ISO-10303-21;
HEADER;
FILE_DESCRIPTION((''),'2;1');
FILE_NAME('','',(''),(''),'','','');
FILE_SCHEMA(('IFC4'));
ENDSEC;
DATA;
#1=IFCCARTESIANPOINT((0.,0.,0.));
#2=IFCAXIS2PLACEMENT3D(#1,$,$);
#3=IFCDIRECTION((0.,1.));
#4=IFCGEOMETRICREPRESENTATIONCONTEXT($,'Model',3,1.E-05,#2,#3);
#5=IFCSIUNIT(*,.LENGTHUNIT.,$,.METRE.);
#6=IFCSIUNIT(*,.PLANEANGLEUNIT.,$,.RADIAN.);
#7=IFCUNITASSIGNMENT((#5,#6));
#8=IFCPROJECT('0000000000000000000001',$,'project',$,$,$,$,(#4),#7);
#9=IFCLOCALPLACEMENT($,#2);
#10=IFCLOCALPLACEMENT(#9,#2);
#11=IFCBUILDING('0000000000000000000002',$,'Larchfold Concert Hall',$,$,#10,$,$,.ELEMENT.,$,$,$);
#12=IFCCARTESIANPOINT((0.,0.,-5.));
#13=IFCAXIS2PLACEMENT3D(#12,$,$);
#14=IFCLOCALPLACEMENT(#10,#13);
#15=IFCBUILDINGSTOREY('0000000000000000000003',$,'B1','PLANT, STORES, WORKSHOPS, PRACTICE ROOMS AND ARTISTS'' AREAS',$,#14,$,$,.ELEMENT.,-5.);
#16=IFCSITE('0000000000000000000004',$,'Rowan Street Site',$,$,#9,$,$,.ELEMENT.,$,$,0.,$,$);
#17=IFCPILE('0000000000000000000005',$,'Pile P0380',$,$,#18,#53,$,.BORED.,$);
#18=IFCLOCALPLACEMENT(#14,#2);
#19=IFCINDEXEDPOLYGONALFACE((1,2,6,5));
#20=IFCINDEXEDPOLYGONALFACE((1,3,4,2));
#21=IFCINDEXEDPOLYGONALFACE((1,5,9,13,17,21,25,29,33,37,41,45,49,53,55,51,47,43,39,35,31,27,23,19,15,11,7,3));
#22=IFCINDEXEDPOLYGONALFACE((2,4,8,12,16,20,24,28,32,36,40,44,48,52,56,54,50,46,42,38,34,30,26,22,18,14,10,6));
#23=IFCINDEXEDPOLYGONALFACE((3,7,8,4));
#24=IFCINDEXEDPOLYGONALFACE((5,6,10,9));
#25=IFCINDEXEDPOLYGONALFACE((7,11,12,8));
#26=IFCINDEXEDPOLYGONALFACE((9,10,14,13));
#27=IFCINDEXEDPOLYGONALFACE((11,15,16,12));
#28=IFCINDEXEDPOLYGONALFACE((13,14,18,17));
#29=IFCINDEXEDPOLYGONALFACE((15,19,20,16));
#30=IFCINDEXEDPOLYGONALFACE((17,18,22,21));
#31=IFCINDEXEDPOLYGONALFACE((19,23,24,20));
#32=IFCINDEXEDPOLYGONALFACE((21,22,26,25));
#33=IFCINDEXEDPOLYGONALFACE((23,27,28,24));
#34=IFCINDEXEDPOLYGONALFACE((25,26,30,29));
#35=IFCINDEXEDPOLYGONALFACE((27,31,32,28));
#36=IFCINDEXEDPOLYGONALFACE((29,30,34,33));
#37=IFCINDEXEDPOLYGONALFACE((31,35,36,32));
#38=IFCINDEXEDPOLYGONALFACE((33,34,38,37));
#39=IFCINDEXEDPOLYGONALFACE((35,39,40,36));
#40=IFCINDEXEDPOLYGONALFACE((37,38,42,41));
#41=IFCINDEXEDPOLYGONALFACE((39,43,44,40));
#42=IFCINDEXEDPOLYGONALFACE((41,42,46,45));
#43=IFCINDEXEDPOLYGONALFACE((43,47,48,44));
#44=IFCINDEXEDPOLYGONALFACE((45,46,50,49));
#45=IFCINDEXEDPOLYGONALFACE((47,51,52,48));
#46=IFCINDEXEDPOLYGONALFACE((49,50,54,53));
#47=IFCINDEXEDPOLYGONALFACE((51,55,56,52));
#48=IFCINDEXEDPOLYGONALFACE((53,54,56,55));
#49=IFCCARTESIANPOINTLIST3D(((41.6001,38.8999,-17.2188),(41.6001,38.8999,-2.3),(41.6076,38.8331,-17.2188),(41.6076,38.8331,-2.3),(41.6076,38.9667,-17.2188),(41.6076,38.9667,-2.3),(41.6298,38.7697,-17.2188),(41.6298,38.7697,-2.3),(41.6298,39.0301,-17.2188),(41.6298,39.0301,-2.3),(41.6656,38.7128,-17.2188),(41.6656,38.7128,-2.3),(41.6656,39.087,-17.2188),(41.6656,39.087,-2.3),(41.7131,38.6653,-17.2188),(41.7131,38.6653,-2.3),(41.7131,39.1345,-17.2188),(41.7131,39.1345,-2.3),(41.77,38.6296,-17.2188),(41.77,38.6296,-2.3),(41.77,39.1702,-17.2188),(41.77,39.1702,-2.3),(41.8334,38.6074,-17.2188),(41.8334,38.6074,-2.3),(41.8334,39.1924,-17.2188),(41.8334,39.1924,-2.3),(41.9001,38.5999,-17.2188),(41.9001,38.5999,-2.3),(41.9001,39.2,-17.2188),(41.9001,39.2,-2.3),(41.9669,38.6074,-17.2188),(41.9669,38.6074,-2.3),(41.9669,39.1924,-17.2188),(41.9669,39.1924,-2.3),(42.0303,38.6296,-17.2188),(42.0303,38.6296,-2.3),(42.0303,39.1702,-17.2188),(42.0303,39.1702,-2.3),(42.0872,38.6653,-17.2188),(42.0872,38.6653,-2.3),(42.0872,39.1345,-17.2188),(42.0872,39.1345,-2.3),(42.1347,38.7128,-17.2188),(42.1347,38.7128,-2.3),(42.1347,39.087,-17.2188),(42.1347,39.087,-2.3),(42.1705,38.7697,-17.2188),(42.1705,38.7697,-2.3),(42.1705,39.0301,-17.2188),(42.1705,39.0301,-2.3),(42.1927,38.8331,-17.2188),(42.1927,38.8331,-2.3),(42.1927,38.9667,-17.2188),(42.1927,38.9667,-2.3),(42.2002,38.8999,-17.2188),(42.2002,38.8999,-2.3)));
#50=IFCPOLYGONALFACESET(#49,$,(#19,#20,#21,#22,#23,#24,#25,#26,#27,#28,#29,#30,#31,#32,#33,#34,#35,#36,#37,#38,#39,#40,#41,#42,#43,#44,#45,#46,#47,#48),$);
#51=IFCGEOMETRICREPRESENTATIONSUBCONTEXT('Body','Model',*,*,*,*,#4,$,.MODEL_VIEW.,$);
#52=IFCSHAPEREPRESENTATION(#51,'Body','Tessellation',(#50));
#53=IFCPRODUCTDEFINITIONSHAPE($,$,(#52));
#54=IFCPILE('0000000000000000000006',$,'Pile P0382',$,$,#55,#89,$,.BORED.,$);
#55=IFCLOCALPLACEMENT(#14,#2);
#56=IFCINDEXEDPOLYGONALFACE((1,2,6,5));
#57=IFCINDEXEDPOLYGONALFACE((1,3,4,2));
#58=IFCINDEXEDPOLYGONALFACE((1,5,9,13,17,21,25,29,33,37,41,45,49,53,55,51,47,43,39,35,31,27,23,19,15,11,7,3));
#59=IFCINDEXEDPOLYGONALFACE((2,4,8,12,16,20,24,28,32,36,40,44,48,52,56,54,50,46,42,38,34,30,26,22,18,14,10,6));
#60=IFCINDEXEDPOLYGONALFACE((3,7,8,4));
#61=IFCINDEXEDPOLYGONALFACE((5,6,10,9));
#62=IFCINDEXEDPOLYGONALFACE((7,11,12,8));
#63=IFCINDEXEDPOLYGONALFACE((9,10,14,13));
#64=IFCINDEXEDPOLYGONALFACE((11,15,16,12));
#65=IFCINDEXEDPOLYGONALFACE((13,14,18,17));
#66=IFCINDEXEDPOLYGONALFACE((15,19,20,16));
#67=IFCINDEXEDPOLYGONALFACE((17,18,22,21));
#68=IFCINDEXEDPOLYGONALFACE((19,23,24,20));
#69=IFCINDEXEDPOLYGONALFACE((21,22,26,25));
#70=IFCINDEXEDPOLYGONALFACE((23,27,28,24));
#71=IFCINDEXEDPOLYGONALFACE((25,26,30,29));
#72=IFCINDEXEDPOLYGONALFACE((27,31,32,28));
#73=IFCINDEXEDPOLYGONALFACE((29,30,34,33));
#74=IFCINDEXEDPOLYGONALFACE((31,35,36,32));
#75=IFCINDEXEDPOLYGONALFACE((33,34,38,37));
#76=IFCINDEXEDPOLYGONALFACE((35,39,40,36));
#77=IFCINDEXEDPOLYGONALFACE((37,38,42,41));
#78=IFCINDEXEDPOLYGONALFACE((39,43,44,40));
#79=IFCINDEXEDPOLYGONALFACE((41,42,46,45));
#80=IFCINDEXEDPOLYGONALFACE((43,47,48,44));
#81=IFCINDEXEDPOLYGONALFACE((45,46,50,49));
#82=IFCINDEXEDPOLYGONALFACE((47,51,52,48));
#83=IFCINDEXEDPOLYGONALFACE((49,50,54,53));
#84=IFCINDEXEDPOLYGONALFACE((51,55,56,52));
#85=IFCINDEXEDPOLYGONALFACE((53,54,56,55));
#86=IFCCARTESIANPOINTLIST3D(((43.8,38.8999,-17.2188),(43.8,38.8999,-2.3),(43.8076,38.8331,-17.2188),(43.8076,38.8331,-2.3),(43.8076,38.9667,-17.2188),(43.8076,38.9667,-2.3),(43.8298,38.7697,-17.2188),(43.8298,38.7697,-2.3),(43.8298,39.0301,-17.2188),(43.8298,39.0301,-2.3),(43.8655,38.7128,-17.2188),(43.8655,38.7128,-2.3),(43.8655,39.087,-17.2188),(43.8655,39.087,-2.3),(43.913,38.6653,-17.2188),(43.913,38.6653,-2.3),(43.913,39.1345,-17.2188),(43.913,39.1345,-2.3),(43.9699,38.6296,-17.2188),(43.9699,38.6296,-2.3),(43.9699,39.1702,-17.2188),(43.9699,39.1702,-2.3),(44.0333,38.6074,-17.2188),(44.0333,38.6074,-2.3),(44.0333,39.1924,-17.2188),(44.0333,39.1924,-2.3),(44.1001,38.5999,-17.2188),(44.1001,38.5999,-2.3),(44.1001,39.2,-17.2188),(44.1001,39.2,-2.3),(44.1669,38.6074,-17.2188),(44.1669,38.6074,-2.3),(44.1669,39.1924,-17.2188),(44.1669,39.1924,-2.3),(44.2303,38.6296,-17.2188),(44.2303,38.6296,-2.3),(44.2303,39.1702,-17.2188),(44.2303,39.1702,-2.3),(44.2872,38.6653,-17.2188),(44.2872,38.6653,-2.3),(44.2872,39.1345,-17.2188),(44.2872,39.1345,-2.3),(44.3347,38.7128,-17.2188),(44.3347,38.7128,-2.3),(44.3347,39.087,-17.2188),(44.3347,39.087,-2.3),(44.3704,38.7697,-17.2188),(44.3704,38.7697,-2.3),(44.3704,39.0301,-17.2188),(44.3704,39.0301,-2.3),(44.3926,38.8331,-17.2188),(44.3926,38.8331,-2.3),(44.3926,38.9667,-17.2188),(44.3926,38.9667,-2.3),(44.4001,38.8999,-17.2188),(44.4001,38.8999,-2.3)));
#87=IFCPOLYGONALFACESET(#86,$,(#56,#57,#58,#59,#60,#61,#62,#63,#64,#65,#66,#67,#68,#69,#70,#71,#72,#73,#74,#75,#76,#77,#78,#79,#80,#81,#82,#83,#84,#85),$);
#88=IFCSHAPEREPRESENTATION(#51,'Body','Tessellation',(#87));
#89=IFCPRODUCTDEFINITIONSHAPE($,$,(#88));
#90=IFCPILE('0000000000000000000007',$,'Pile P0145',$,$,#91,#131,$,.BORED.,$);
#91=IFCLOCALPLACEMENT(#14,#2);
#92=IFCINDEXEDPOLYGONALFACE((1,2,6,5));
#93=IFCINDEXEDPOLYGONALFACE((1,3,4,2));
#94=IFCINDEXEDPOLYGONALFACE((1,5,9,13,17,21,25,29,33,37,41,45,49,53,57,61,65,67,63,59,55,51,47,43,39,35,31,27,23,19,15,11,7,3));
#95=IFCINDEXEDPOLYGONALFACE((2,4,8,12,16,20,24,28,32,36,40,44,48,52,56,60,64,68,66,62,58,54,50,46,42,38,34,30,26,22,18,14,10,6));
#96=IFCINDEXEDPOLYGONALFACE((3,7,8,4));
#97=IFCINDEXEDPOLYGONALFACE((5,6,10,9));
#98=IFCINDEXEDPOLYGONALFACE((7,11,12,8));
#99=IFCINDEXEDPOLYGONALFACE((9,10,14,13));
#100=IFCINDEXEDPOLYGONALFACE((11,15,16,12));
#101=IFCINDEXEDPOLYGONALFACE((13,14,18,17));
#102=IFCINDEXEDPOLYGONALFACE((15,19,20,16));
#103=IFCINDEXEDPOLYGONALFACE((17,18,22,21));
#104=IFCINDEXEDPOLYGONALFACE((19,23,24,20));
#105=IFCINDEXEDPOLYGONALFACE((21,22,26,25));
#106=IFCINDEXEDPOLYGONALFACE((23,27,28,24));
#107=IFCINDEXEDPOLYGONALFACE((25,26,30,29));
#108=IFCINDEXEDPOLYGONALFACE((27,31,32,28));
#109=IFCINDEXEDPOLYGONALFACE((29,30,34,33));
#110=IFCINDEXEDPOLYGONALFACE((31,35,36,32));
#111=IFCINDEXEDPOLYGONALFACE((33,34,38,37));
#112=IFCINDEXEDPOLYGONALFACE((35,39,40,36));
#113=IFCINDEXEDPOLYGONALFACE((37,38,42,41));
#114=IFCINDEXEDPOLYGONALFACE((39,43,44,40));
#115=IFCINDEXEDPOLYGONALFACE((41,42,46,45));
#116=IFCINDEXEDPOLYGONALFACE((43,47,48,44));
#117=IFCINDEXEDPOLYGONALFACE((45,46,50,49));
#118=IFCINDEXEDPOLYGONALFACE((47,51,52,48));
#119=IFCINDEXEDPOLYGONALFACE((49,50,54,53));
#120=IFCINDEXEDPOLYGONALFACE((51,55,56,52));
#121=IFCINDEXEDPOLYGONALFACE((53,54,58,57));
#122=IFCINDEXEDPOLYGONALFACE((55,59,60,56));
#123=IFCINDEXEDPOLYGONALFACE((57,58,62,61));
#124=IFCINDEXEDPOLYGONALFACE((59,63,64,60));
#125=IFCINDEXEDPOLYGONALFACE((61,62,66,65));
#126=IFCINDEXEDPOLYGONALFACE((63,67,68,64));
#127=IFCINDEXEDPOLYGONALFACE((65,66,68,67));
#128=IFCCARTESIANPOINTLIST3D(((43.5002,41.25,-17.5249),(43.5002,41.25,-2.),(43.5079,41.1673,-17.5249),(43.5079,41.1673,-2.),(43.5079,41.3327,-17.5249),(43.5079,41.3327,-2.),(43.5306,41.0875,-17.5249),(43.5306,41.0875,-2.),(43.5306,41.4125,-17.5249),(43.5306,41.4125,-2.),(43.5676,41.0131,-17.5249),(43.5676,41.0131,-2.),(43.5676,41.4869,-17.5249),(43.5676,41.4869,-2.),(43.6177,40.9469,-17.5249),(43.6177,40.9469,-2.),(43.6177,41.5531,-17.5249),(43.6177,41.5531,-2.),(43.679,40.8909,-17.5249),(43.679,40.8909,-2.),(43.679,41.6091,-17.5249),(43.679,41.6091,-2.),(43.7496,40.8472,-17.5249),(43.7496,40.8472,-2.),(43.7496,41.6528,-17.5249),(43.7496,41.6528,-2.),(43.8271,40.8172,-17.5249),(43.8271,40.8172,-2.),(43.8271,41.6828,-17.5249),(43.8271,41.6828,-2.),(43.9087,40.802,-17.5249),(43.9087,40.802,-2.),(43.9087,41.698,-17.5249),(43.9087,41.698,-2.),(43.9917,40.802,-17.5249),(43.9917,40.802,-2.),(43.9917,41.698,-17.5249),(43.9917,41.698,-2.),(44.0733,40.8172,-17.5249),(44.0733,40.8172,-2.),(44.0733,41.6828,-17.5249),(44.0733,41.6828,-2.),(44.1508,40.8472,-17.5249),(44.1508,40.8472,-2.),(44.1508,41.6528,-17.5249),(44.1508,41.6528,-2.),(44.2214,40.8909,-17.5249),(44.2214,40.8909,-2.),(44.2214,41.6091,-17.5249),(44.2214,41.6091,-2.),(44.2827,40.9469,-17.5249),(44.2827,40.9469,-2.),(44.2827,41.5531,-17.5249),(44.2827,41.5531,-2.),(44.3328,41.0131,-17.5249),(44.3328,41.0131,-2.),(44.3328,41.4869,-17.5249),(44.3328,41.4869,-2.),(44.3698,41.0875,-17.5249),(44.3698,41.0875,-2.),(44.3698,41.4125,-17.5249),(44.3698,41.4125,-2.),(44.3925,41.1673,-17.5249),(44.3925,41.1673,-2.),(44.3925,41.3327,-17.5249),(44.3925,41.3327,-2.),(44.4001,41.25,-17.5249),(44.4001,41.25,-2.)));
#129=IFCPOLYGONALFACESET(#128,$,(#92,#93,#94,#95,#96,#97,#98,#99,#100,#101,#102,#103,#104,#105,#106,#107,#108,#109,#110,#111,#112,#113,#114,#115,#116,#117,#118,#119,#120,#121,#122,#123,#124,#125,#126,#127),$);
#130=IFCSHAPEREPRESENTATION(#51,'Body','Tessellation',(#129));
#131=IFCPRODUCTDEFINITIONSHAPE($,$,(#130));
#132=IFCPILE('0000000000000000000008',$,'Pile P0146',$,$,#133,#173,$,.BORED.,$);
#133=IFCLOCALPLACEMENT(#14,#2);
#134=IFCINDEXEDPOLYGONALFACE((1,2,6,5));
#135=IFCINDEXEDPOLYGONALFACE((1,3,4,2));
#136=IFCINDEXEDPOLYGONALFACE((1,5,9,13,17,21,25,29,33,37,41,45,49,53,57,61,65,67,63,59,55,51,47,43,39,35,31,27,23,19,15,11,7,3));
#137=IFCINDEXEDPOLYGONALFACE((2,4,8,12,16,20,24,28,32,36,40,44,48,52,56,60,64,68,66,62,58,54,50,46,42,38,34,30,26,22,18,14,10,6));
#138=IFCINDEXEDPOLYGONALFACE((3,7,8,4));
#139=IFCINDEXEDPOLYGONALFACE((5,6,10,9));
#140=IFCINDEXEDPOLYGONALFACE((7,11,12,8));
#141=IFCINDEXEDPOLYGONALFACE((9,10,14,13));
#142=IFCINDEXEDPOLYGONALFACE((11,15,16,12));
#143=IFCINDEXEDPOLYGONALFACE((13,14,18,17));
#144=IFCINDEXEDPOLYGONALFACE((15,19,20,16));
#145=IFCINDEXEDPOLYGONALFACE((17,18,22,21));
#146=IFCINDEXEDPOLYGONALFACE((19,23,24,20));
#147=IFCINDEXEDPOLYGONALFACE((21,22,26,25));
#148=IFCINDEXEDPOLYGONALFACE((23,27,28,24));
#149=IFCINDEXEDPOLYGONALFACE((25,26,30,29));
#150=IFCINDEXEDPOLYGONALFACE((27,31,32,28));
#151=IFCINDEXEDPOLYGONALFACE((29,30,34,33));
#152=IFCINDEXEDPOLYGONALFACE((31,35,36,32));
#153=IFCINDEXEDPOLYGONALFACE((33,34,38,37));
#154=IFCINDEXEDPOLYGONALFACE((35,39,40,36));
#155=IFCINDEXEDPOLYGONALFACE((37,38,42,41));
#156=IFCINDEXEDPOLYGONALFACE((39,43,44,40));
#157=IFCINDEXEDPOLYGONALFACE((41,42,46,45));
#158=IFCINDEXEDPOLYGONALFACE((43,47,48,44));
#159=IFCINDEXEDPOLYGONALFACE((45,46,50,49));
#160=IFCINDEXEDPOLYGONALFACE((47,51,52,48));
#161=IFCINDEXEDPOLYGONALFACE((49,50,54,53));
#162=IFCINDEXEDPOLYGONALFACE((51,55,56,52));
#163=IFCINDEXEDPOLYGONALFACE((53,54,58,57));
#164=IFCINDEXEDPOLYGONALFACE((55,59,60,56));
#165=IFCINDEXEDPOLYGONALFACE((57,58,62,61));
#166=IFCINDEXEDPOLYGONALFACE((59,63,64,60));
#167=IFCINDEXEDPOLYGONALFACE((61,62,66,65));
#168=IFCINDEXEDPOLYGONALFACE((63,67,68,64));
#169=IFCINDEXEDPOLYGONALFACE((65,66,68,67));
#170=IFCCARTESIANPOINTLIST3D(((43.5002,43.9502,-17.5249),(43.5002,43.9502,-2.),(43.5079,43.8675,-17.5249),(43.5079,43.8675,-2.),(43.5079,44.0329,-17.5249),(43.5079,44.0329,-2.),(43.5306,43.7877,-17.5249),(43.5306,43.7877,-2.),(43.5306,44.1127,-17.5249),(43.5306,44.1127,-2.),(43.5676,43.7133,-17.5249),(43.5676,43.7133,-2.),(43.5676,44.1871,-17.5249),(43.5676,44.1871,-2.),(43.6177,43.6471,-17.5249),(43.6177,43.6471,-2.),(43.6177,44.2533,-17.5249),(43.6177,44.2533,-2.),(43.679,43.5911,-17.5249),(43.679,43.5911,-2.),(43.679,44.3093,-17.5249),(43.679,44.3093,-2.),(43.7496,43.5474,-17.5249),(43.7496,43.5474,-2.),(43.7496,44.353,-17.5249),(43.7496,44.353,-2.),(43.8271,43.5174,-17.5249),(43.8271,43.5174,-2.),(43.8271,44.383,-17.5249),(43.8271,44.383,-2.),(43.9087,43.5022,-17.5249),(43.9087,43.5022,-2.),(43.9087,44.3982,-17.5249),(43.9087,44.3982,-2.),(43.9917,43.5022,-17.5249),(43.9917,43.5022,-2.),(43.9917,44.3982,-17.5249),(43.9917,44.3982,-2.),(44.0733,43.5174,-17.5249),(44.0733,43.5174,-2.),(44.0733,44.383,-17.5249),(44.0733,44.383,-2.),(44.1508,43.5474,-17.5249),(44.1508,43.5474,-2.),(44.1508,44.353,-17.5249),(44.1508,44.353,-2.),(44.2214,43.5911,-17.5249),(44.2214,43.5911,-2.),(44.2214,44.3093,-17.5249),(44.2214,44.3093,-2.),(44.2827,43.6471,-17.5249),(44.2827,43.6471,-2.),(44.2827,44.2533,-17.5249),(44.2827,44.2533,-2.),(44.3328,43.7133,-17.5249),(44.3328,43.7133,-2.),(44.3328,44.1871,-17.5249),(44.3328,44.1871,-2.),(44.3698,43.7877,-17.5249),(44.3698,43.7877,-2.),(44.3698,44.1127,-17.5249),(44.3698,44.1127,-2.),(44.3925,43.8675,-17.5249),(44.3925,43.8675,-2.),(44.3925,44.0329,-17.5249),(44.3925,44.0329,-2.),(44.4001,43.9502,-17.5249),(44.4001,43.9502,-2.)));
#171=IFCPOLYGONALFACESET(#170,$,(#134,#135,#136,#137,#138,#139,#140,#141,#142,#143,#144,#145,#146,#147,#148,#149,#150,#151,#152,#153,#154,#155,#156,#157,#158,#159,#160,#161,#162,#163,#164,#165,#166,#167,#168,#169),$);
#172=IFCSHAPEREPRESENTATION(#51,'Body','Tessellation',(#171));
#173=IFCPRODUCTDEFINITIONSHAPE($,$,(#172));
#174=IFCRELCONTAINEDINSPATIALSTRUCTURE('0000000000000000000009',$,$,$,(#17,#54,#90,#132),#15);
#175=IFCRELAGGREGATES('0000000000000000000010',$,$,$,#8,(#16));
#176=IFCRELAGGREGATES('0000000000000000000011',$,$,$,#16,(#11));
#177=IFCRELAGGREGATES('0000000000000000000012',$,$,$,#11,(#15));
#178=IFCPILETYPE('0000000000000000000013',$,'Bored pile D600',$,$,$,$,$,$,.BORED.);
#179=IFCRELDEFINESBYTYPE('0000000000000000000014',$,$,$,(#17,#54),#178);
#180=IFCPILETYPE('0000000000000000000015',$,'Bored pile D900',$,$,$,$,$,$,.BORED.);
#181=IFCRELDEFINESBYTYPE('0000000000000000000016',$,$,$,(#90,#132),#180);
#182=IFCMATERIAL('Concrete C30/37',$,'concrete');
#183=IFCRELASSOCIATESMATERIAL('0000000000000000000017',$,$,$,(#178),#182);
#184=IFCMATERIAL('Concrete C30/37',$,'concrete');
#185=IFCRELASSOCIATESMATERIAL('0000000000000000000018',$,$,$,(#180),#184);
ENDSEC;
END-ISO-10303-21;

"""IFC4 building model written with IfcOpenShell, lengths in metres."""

from ifc_helpers import new_model, si_unit, direction, frame, origin, origin_2d, place, context, subcontext, project, spatial, circle, extrude, material, material_profile, profile_set, type_object, element, save


model = new_model("IFC4")

# Units and contexts
model_context = context("Model", 3, precision=1e-05, world=origin(), true_north=direction((0.0, 1.0)))
body_context = subcontext(model_context, "Body", "Model", "MODEL_VIEW")
ifc_project = project(units=[si_unit("LENGTHUNIT", "METRE"), si_unit("PLANEANGLEUNIT", "RADIAN")], contexts=[model_context])

# Site, building, storey
site_placement = place(None, origin())
site = spatial("IfcSite", under=ifc_project, at=site_placement, Name="Rowan Street Site", CompositionType="ELEMENT", RefElevation=0.0)
building_placement = place(site_placement, origin())
building = spatial("IfcBuilding", under=site, at=building_placement, Name="Larchfold Concert Hall", CompositionType="ELEMENT")
storey_placement = place(building_placement, frame((0.0, 0.0, -5.0)))
storey = spatial("IfcBuildingStorey", under=building, at=storey_placement, Name="B1", Description="PLANT, STORES, WORKSHOPS, PRACTICE ROOMS AND ARTISTS' AREAS", CompositionType="ELEMENT", Elevation=-5.0)

# Piles
ifc_material_1 = material(Name="Concrete C30/37", Category="concrete")
ifc_material_profile_1 = material_profile(ifc_material_1, circle(Radius=0.3, at=origin_2d()))
ifc_profile_set_1 = profile_set([ifc_material_profile_1], Name="Concrete C30/37")
pile_type_1 = type_object("IfcPileType", Name="Bored pile D600", PredefinedType="BORED", material=ifc_profile_set_1)
for number, where, z_axis, x_axis, name in (
    (1, (41.9001, 38.8999, -2.3), (0.0, 0.0, -1.0), (1.0, 0.0, 0.0), "Pile P0380"),
    (2, (44.1001, 38.8999, -2.3), (0.0, 0.0, -1.0), (1.0, 0.0, 0.0), "Pile P0382"),
):
    element("IfcPile", number, at=place(storey_placement, frame(where, z_axis=z_axis, x_axis=x_axis)), inside=storey, type_object=pile_type_1, Name=name, PredefinedType="BORED", context=body_context, shape_type="SweptSolid", body=[
        extrude(circle(Radius=0.3, at=origin_2d()), origin(), (0.0, 0.0, 1.0), 14.9187),
    ])
ifc_material_2 = material(Name="Concrete C30/37", Category="concrete")
ifc_material_profile_2 = material_profile(ifc_material_2, circle(Radius=0.45, at=origin_2d()))
ifc_profile_set_2 = profile_set([ifc_material_profile_2], Name="Concrete C30/37")
pile_type_2 = type_object("IfcPileType", Name="Bored pile D900", PredefinedType="BORED", material=ifc_profile_set_2)
for number, where, z_axis, x_axis, name in (
    (3, (43.9502, 41.25, -2.0), (0.0, 0.0, -1.0), (1.0, 0.0, 0.0), "Pile P0145"),
    (4, (43.9502, 43.9502, -2.0), (0.0, 0.0, -1.0), (1.0, 0.0, 0.0), "Pile P0146"),
):
    element("IfcPile", number, at=place(storey_placement, frame(where, z_axis=z_axis, x_axis=x_axis)), inside=storey, type_object=pile_type_2, Name=name, PredefinedType="BORED", context=body_context, shape_type="SweptSolid", body=[
        extrude(circle(Radius=0.45, at=origin_2d()), origin(), (0.0, 0.0, 1.0), 15.5249),
    ])

save(model, "model.ifc")
